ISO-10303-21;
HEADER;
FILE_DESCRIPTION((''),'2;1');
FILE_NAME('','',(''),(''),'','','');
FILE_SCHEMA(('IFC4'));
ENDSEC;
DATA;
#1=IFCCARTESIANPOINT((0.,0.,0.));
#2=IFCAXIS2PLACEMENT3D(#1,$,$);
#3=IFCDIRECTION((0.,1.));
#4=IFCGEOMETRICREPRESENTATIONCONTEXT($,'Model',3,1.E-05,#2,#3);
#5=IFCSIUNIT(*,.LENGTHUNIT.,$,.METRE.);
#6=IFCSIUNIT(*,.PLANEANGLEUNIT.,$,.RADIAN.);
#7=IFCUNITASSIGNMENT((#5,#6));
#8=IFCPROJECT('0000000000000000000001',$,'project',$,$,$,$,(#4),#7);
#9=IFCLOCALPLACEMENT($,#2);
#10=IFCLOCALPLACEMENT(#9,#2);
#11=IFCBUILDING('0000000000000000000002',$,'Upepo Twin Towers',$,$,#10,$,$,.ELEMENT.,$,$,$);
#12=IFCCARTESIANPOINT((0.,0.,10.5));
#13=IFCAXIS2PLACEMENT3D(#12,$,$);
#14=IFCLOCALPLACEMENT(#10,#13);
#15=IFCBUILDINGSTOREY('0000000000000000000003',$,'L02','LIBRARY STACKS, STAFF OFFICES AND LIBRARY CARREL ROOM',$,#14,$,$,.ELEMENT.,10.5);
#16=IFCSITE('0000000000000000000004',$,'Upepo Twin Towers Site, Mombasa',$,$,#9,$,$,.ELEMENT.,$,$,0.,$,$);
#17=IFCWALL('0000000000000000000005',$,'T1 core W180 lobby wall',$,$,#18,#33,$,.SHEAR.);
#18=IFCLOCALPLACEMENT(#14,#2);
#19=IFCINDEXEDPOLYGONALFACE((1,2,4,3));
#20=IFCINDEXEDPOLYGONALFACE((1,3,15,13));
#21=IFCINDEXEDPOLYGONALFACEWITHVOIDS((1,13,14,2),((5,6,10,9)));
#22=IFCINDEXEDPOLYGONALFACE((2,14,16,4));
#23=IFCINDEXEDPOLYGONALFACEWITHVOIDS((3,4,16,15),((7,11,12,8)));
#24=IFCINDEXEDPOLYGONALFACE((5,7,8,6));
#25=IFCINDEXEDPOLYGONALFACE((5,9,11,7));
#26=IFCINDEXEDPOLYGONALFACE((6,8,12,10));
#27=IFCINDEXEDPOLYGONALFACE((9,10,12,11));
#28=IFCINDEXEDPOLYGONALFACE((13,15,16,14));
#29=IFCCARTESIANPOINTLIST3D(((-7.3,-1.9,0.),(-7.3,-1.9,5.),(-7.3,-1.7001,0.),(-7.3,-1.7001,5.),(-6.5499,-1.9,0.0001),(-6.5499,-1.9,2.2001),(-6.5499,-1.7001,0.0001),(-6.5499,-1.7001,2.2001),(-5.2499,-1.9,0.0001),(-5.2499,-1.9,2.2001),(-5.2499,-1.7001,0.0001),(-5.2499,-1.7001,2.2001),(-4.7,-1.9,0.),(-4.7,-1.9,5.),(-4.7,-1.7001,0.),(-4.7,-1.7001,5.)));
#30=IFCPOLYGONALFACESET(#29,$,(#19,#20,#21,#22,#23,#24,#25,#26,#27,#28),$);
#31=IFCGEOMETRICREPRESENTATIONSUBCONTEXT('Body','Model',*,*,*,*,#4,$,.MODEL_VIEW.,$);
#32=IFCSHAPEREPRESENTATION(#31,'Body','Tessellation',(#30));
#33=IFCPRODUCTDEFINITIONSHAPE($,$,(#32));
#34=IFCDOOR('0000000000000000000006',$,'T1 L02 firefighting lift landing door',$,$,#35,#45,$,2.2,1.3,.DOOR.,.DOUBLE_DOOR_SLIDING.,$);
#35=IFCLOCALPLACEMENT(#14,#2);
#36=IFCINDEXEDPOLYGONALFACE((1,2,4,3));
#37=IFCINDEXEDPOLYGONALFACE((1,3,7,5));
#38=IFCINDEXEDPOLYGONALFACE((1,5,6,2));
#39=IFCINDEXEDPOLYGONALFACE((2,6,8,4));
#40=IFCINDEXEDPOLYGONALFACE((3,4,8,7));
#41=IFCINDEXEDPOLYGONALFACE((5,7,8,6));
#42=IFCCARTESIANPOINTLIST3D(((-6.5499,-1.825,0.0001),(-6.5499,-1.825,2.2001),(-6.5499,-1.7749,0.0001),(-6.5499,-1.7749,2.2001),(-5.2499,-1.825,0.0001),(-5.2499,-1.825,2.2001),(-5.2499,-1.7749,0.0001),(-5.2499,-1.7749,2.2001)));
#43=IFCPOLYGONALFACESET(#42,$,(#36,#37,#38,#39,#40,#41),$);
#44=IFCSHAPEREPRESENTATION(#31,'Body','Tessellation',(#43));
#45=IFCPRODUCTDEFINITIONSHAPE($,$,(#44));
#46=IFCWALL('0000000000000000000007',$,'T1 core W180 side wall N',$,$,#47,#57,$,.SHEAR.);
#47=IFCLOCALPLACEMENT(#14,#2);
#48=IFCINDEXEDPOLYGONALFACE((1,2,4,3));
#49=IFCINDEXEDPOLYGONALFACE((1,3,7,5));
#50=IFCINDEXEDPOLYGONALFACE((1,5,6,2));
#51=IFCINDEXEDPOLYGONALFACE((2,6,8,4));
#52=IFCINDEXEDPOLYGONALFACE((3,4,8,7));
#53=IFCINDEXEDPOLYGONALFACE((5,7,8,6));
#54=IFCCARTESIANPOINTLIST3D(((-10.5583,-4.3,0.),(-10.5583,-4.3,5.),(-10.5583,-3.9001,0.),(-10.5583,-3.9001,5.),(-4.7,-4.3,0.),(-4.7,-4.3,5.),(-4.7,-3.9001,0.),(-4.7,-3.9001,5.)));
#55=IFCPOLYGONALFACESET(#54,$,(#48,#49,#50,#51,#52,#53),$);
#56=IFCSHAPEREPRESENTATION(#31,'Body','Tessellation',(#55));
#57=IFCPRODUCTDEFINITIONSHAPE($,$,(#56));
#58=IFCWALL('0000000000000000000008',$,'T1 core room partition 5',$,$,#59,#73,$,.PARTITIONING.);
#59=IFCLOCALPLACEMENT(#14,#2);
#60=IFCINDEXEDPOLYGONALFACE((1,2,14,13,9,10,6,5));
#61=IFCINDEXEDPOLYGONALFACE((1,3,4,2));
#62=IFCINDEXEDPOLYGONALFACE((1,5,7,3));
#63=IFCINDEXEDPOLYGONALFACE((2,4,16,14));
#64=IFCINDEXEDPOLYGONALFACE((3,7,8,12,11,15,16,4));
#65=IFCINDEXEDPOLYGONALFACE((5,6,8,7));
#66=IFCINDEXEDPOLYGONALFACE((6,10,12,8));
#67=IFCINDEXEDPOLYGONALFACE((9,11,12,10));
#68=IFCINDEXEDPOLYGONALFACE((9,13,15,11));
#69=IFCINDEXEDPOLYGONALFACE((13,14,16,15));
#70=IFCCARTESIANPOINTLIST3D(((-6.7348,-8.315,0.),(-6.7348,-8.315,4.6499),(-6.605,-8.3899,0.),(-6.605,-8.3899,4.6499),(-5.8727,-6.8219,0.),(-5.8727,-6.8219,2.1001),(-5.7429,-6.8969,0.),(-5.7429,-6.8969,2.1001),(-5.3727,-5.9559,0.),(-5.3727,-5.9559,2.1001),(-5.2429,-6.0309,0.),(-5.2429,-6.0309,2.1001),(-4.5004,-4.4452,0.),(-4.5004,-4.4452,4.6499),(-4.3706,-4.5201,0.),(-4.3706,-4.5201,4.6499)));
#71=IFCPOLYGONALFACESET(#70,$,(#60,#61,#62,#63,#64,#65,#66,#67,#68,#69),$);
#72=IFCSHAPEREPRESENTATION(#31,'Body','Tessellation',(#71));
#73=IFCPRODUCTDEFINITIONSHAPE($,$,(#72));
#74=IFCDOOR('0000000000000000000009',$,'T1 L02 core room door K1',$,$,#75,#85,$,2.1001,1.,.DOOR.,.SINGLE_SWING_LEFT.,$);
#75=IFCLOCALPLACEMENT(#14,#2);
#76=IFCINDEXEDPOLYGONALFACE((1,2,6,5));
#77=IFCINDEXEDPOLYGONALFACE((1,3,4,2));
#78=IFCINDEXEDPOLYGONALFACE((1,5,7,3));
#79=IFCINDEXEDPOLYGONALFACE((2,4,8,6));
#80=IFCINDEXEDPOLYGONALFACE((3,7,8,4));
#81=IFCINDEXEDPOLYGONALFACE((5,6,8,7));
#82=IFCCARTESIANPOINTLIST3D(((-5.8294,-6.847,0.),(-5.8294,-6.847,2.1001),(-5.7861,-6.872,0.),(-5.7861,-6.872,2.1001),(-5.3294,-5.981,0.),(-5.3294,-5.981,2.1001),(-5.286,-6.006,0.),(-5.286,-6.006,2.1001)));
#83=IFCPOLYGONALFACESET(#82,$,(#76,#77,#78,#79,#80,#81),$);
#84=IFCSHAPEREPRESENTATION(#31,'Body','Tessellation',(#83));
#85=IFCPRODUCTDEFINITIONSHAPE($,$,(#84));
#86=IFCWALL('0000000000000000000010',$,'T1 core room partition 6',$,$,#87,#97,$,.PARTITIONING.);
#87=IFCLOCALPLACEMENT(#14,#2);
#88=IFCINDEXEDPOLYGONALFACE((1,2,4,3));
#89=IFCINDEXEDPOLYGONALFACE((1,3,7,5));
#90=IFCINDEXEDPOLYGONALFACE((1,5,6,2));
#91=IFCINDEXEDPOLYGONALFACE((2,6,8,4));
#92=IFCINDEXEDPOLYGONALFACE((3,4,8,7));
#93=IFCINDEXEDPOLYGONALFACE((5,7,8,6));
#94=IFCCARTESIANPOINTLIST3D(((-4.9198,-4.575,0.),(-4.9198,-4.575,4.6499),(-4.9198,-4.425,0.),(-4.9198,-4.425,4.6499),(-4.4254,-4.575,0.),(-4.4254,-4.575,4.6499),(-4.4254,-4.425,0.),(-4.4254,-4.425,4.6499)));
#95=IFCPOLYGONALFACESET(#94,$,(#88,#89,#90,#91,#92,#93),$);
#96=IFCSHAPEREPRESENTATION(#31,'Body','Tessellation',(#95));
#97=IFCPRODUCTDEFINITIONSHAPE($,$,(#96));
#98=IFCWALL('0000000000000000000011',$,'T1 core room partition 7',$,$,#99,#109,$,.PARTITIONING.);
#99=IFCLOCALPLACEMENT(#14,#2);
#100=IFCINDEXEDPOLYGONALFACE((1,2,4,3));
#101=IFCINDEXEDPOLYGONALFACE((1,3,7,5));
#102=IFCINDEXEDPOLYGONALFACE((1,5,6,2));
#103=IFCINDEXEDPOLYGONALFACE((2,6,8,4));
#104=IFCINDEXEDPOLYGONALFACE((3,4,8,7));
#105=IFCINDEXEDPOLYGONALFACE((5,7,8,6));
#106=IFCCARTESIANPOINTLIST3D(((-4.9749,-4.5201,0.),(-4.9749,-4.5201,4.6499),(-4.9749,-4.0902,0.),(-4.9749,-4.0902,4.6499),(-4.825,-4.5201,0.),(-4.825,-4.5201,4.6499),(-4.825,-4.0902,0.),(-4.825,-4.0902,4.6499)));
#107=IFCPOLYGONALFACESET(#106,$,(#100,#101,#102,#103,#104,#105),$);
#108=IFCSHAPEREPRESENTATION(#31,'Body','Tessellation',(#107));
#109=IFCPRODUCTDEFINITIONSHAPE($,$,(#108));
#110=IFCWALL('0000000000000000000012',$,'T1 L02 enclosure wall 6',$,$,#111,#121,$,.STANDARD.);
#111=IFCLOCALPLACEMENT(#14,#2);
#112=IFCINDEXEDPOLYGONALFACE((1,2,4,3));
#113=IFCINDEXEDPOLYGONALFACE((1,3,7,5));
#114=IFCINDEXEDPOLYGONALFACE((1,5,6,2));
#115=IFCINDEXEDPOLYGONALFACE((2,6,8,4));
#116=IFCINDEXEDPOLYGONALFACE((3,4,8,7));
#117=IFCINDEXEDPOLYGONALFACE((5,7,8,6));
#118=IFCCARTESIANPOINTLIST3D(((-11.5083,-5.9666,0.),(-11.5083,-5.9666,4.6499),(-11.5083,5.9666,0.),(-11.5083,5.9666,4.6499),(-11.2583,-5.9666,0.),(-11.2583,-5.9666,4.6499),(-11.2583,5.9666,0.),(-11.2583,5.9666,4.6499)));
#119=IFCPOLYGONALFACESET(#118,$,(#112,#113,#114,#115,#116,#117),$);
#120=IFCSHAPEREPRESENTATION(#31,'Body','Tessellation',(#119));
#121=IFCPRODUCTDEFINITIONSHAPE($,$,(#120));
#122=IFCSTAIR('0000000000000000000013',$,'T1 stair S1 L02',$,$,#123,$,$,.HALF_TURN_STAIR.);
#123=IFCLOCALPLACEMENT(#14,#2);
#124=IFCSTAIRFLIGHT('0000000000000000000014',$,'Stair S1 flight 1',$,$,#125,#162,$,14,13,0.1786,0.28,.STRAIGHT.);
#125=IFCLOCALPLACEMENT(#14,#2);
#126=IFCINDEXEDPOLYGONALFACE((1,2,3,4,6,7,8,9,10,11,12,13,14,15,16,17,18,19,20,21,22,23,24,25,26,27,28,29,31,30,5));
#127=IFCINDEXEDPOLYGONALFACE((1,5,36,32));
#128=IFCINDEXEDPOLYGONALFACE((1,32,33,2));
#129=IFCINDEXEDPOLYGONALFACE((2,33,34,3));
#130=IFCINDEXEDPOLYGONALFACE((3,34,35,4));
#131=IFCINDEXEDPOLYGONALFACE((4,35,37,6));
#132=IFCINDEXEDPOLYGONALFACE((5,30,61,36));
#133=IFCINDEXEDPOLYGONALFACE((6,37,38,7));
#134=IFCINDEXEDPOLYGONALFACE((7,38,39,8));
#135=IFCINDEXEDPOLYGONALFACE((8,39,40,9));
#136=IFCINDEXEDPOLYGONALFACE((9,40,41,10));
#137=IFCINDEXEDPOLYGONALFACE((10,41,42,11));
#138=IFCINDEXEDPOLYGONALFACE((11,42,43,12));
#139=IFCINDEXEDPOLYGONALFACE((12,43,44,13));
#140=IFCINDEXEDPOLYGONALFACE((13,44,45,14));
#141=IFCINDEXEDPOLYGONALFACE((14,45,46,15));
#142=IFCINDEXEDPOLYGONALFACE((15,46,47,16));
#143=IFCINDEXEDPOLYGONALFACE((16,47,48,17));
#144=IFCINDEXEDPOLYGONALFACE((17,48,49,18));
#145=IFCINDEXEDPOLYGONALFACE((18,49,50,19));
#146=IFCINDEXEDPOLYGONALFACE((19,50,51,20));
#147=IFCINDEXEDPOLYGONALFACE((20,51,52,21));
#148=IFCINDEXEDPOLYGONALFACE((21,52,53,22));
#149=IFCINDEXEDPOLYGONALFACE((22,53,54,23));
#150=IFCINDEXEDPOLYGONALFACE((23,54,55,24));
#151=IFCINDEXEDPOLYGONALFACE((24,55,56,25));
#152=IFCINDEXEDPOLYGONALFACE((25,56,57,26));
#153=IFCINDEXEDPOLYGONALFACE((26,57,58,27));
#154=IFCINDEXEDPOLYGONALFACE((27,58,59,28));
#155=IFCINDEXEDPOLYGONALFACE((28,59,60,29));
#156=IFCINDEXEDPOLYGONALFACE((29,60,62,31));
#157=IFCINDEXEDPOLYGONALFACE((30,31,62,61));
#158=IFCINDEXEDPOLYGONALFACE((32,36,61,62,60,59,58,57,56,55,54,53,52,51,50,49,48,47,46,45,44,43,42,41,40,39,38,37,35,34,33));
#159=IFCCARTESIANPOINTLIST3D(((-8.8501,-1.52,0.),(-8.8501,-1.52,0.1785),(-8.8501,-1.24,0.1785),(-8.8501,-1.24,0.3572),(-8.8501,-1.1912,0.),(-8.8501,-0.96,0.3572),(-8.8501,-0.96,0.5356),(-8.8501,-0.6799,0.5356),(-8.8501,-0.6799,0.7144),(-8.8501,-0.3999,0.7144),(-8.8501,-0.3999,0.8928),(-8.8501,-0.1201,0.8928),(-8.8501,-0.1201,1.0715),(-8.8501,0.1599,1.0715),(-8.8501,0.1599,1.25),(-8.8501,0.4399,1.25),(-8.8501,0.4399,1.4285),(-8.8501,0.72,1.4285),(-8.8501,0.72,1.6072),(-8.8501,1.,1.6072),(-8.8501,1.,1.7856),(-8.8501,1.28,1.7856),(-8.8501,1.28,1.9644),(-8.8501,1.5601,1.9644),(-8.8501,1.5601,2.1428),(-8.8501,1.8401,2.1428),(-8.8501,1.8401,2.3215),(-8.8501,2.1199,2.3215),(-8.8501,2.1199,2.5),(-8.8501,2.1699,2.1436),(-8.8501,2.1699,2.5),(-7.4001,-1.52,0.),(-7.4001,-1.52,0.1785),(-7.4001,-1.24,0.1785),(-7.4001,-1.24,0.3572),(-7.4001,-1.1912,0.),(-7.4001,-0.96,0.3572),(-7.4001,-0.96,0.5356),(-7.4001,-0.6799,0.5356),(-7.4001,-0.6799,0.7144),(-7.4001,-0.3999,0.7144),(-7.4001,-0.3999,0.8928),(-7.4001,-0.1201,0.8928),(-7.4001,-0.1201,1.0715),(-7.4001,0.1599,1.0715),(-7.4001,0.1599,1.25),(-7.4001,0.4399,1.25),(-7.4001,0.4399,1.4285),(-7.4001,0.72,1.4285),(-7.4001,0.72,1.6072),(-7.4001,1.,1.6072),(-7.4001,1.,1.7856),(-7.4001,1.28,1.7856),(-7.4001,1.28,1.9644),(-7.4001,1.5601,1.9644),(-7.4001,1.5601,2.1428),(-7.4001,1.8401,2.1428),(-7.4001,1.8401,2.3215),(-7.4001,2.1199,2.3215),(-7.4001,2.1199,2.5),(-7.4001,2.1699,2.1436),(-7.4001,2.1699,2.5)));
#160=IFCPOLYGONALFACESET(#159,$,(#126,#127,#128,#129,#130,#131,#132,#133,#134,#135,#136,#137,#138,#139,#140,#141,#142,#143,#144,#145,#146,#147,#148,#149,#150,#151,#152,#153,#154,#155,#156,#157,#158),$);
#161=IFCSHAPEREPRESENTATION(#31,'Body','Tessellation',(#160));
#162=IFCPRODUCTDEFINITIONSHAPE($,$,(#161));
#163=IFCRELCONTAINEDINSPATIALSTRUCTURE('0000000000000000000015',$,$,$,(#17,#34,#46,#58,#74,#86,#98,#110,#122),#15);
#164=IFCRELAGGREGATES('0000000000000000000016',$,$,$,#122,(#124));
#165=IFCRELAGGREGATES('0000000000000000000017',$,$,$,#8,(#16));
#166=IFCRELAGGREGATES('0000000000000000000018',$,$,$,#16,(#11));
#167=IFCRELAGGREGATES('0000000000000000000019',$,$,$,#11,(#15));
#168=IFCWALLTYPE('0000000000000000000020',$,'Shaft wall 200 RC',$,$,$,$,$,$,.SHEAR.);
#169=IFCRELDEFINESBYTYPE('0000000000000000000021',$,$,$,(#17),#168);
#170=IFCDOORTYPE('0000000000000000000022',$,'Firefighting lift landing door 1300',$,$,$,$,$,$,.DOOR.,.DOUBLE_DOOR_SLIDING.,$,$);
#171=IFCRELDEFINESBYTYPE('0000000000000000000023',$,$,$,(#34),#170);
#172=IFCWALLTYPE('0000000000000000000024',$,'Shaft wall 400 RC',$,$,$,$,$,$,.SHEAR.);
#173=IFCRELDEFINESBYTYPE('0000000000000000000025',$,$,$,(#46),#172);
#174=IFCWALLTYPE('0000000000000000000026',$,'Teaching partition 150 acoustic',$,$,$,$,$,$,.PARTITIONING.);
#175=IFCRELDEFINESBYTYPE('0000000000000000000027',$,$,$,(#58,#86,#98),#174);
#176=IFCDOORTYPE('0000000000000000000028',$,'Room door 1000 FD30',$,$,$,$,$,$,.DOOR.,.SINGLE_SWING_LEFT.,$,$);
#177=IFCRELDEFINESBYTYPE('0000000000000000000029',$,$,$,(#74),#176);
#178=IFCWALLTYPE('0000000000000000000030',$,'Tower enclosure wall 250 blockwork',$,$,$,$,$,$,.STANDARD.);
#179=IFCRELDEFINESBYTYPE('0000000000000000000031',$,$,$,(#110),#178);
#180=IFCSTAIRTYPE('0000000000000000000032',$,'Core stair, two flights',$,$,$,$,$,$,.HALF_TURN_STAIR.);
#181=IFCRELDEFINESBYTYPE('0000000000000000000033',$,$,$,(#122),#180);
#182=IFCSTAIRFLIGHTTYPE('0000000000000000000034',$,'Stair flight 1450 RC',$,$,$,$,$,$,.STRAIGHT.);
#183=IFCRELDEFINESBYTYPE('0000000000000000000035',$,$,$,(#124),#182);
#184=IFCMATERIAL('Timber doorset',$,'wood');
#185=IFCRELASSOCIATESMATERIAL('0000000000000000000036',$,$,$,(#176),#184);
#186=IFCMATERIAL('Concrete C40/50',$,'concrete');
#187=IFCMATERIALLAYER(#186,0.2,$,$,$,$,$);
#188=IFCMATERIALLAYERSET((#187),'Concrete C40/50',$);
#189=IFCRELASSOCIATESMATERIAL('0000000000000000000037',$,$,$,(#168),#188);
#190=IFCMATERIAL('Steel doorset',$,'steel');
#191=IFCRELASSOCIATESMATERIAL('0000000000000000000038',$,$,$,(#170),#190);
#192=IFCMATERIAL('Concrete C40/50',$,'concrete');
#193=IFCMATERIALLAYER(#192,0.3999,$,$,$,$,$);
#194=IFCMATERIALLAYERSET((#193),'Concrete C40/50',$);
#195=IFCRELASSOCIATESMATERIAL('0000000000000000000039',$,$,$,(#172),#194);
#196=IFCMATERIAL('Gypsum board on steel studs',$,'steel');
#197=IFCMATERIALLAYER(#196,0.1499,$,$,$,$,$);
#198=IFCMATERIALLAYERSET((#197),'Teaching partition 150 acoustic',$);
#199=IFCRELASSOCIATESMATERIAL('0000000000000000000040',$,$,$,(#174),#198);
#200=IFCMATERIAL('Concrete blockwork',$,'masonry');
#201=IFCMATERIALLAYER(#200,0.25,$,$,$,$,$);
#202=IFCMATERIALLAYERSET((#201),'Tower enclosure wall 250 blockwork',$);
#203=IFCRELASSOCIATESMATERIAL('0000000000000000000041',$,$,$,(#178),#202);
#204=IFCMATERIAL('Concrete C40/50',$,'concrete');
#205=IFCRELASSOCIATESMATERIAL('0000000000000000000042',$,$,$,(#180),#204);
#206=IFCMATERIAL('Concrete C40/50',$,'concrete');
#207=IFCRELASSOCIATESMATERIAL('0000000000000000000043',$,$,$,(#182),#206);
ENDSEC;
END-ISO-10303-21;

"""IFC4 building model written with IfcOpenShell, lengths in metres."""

from ifc_helpers import new_model, si_unit, direction, frame, frame_2d, origin, place, context, subcontext, project, spatial, polyline, rectangle, outline, extrude, material, layer, layer_set, type_object, element, fill, aggregate, save


model = new_model("IFC4")

# Units and contexts
model_context = context("Model", 3, precision=1e-05, world=origin(), true_north=direction((0.0, 1.0)))
body_context = subcontext(model_context, "Body", "Model", "MODEL_VIEW")
ifc_project = project(units=[si_unit("LENGTHUNIT", "METRE"), si_unit("PLANEANGLEUNIT", "RADIAN")], contexts=[model_context])

# Site, building, storey
site_placement = place(None, origin())
site = spatial("IfcSite", under=ifc_project, at=site_placement, Name="Upepo Twin Towers Site, Mombasa", CompositionType="ELEMENT", RefElevation=0.0)
building_placement = place(site_placement, origin())
building = spatial("IfcBuilding", under=site, at=building_placement, Name="Upepo Twin Towers", CompositionType="ELEMENT")
storey_placement = place(building_placement, frame((0.0, 0.0, 10.5)))
storey = spatial("IfcBuildingStorey", under=building, at=storey_placement, Name="L02", Description="LIBRARY STACKS, STAFF OFFICES AND LIBRARY CARREL ROOM", CompositionType="ELEMENT", Elevation=10.5)

# Shared definitions
ifc_material_1 = material(Name="Timber doorset", Category="wood")
door_type_1 = type_object("IfcDoorType", Name="Room door 1000 FD30", OperationType="SINGLE_SWING_LEFT", PredefinedType="DOOR", material=ifc_material_1)

# Wall, opening, door
ifc_material_2 = material(Name="Concrete C40/50", Category="concrete")
ifc_layer_1 = layer(ifc_material_2, 0.2)
ifc_layer_set_1 = layer_set([ifc_layer_1], Name="Concrete C40/50")
wall_type_1 = type_object("IfcWallType", Name="Shaft wall 200 RC", PredefinedType="SHEAR", material=ifc_layer_set_1)
wall_1_placement = place(storey_placement, frame((-4.7, -1.8, 0.0), z_axis=(0.0, 0.0, 1.0), x_axis=(-1.0, 0.0, 0.0)))
wall_1 = element("IfcWall", 1, at=wall_1_placement, inside=storey, type_object=wall_type_1, Name="T1 core W180 lobby wall", PredefinedType="SHEAR", context=body_context, shape_type="SweptSolid", body=[
    extrude(rectangle(XDim=2.6001, YDim=0.2, at=frame_2d((1.3, 0.0))), origin(), (0.0, 0.0, 1.0), 5.0),
])
opening_1_placement = place(wall_1_placement, frame((0.55, 0.0, 0.0)))
opening_1 = element("IfcOpeningElement", 2, at=opening_1_placement, cuts=wall_1, PredefinedType="OPENING", context=body_context, shape_type="SweptSolid", body=[
    extrude(rectangle(XDim=1.3, YDim=2.2, at=frame_2d((0.6499, 1.1001))), frame((0.0, 0.1099, 0.0), z_axis=(0.0, -1.0, 0.0), x_axis=(1.0, 0.0, 0.0)), (0.0, 0.0, 1.0), 0.22),
])
ifc_material_3 = material(Name="Steel doorset", Category="steel")
door_type_2 = type_object("IfcDoorType", Name="Firefighting lift landing door 1300", OperationType="DOUBLE_DOOR_SLIDING", PredefinedType="DOOR", material=ifc_material_3)
door_1_placement = place(opening_1_placement, origin())
door_1 = element("IfcDoor", 3, at=door_1_placement, inside=storey, type_object=door_type_2, Name="T1 L02 firefighting lift landing door", OperationType="DOUBLE_DOOR_SLIDING", OverallHeight=2.2, OverallWidth=1.3, PredefinedType="DOOR", context=body_context, shape_type="SweptSolid", body=[
    extrude(rectangle(XDim=1.3, YDim=2.2, at=frame_2d((0.6499, 1.1001))), frame((0.0, 0.0249, 0.0), z_axis=(0.0, -1.0, 0.0), x_axis=(1.0, 0.0, 0.0)), (0.0, 0.0, 1.0), 0.05),
])
fill(opening_1, door_1)

# Wall
ifc_material_4 = material(Name="Concrete C40/50", Category="concrete")
ifc_layer_2 = layer(ifc_material_4, 0.3999)
ifc_layer_set_2 = layer_set([ifc_layer_2], Name="Concrete C40/50")
wall_type_2 = type_object("IfcWallType", Name="Shaft wall 400 RC", PredefinedType="SHEAR", material=ifc_layer_set_2)
wall_2_placement = place(storey_placement, frame((-4.7, -4.1001, 0.0), z_axis=(0.0, 0.0, 1.0), x_axis=(-1.0, 0.0, 0.0)))
element("IfcWall", 4, at=wall_2_placement, inside=storey, type_object=wall_type_2, Name="T1 core W180 side wall N", PredefinedType="SHEAR", context=body_context, shape_type="SweptSolid", body=[
    extrude(rectangle(XDim=5.8584, YDim=0.3999, at=frame_2d((2.9292, 0.0))), origin(), (0.0, 0.0, 1.0), 5.0),
])

# Wall, opening, door
ifc_material_5 = material(Name="Gypsum board on steel studs", Category="steel")
ifc_layer_3 = layer(ifc_material_5, 0.1499)
ifc_layer_set_3 = layer_set([ifc_layer_3], Name="Teaching partition 150 acoustic")
wall_type_3 = type_object("IfcWallType", Name="Teaching partition 150 acoustic", PredefinedType="PARTITIONING", material=ifc_layer_set_3)
wall_3_placement = place(storey_placement, frame((-6.6699, -8.3525, 0.0), z_axis=(0.0, 0.0, 1.0), x_axis=(0.500017, 0.866015, 0.0)))
wall_3 = element("IfcWall", 5, at=wall_3_placement, inside=storey, type_object=wall_type_3, Name="T1 core room partition 5", PredefinedType="PARTITIONING", context=body_context, shape_type="SweptSolid", body=[
    extrude(rectangle(XDim=4.4685, YDim=0.1499, at=frame_2d((2.2344, 0.0))), origin(), (0.0, 0.0, 1.0), 4.6499),
])
opening_2_placement = place(wall_3_placement, frame((1.7241, 0.0, 0.0)))
opening_2 = element("IfcOpeningElement", 6, at=opening_2_placement, cuts=wall_3, PredefinedType="OPENING", context=body_context, shape_type="SweptSolid", body=[
    extrude(rectangle(XDim=1.0, YDim=2.1001, at=frame_2d((0.5, 1.05))), frame((0.0, 0.085, 0.0), z_axis=(0.0, -1.0, 0.0), x_axis=(1.0, 0.0, 0.0)), (0.0, 0.0, 1.0), 0.1699),
])
door_2_placement = place(opening_2_placement, origin())
door_2 = element("IfcDoor", 7, at=door_2_placement, inside=storey, type_object=door_type_1, Name="T1 L02 core room door K1", OperationType="SINGLE_SWING_LEFT", OverallHeight=2.1001, OverallWidth=1.0, PredefinedType="DOOR", context=body_context, shape_type="SweptSolid", body=[
    extrude(rectangle(XDim=1.0, YDim=2.1001, at=frame_2d((0.5, 1.05))), frame((0.0, 0.0249, 0.0), z_axis=(0.0, -1.0, 0.0), x_axis=(1.0, 0.0, 0.0)), (0.0, 0.0, 1.0), 0.05),
])
fill(opening_2, door_2)

# Walls
wall_4_placement = place(storey_placement, frame((-4.4255, -4.5, 0.0), z_axis=(0.0, 0.0, 1.0), x_axis=(-1.0, 0.0, 0.0)))
element("IfcWall", 8, at=wall_4_placement, inside=storey, type_object=wall_type_3, Name="T1 core room partition 6", PredefinedType="PARTITIONING", context=body_context, shape_type="SweptSolid", body=[
    extrude(rectangle(XDim=0.4944, YDim=0.1499, at=frame_2d((0.2471, 0.0))), origin(), (0.0, 0.0, 1.0), 4.6499),
])
wall_5_placement = place(storey_placement, frame((-4.8999, -4.52, 0.0), z_axis=(0.0, 0.0, 1.0), x_axis=(0.0, 1.0, 0.0)))
element("IfcWall", 9, at=wall_5_placement, inside=storey, type_object=wall_type_3, Name="T1 core room partition 7", PredefinedType="PARTITIONING", context=body_context, shape_type="SweptSolid", body=[
    extrude(rectangle(XDim=0.4299, YDim=0.1499, at=frame_2d((0.2148, 0.0))), origin(), (0.0, 0.0, 1.0), 4.6499),
])
ifc_material_6 = material(Name="Concrete blockwork", Category="masonry")
ifc_layer_4 = layer(ifc_material_6, 0.25)
ifc_layer_set_4 = layer_set([ifc_layer_4], Name="Tower enclosure wall 250 blockwork")
wall_type_4 = type_object("IfcWallType", Name="Tower enclosure wall 250 blockwork", PredefinedType="STANDARD", material=ifc_layer_set_4)
wall_6_placement = place(storey_placement, frame((-11.3833, -5.9666, 0.0), z_axis=(0.0, 0.0, 1.0), x_axis=(0.0, 1.0, 0.0)))
element("IfcWall", 10, at=wall_6_placement, inside=storey, type_object=wall_type_4, Name="T1 L02 enclosure wall 6", PredefinedType="STANDARD", context=body_context, shape_type="SweptSolid", body=[
    extrude(rectangle(XDim=11.9331, YDim=0.25, at=frame_2d((5.9666, 0.0))), origin(), (0.0, 0.0, 1.0), 4.6499),
])

# Stair, stair flight
ifc_material_7 = material(Name="Concrete C40/50", Category="concrete")
stair_type = type_object("IfcStairType", Name="Core stair, two flights", PredefinedType="HALF_TURN_STAIR", material=ifc_material_7)
stair_placement = place(storey_placement, origin())
stair = element("IfcStair", 11, at=stair_placement, inside=storey, type_object=stair_type, Name="T1 stair S1 L02", PredefinedType="HALF_TURN_STAIR")
ifc_material_8 = material(Name="Concrete C40/50", Category="concrete")
stair_flight_type = type_object("IfcStairFlightType", Name="Stair flight 1450 RC", PredefinedType="STRAIGHT", material=ifc_material_8)
stair_flight_placement = place(storey_placement, frame((-8.125, -1.52, 0.0), z_axis=(0.0, 0.0, 1.0), x_axis=(0.0, 1.0, 0.0)))
stair_flight = element("IfcStairFlight", 12, at=stair_flight_placement, type_object=stair_flight_type, Name="Stair S1 flight 1", NumberOfRisers=14, NumberOfTreads=13, PredefinedType="STRAIGHT", RiserHeight=0.1786, TreadLength=0.28, context=body_context, shape_type="SweptSolid", body=[
    extrude(outline(polyline([(0.0, 0.0), (0.0, 0.1785), (0.28, 0.1785), (0.28, 0.3572), (0.5601, 0.3572), (0.5601, 0.5356), (0.8401, 0.5356), (0.8401, 0.7144), (1.1201, 0.7144), (1.1201, 0.8928), (1.3999, 0.8928), (1.3999, 1.0715), (1.6799, 1.0715), (1.6799, 1.25), (1.96, 1.25), (1.96, 1.4285), (2.24, 1.4285), (2.24, 1.6072), (2.52, 1.6072), (2.52, 1.7856), (2.8, 1.7856), (2.8, 1.9644), (3.0801, 1.9644), (3.0801, 2.1428), (3.3601, 2.1428), (3.3601, 2.3215), (3.6399, 2.3215), (3.6399, 2.5), (3.6899, 2.5), (3.6899, 2.1436), (0.3289, 0.0), (0.0, 0.0)])), frame((0.0, 0.7251, 0.0), z_axis=(0.0, -1.0, 0.0), x_axis=(1.0, 0.0, 0.0)), (0.0, 0.0, 1.0), 1.45),
])
aggregate(stair, [stair_flight])

save(model, "model.ifc")
